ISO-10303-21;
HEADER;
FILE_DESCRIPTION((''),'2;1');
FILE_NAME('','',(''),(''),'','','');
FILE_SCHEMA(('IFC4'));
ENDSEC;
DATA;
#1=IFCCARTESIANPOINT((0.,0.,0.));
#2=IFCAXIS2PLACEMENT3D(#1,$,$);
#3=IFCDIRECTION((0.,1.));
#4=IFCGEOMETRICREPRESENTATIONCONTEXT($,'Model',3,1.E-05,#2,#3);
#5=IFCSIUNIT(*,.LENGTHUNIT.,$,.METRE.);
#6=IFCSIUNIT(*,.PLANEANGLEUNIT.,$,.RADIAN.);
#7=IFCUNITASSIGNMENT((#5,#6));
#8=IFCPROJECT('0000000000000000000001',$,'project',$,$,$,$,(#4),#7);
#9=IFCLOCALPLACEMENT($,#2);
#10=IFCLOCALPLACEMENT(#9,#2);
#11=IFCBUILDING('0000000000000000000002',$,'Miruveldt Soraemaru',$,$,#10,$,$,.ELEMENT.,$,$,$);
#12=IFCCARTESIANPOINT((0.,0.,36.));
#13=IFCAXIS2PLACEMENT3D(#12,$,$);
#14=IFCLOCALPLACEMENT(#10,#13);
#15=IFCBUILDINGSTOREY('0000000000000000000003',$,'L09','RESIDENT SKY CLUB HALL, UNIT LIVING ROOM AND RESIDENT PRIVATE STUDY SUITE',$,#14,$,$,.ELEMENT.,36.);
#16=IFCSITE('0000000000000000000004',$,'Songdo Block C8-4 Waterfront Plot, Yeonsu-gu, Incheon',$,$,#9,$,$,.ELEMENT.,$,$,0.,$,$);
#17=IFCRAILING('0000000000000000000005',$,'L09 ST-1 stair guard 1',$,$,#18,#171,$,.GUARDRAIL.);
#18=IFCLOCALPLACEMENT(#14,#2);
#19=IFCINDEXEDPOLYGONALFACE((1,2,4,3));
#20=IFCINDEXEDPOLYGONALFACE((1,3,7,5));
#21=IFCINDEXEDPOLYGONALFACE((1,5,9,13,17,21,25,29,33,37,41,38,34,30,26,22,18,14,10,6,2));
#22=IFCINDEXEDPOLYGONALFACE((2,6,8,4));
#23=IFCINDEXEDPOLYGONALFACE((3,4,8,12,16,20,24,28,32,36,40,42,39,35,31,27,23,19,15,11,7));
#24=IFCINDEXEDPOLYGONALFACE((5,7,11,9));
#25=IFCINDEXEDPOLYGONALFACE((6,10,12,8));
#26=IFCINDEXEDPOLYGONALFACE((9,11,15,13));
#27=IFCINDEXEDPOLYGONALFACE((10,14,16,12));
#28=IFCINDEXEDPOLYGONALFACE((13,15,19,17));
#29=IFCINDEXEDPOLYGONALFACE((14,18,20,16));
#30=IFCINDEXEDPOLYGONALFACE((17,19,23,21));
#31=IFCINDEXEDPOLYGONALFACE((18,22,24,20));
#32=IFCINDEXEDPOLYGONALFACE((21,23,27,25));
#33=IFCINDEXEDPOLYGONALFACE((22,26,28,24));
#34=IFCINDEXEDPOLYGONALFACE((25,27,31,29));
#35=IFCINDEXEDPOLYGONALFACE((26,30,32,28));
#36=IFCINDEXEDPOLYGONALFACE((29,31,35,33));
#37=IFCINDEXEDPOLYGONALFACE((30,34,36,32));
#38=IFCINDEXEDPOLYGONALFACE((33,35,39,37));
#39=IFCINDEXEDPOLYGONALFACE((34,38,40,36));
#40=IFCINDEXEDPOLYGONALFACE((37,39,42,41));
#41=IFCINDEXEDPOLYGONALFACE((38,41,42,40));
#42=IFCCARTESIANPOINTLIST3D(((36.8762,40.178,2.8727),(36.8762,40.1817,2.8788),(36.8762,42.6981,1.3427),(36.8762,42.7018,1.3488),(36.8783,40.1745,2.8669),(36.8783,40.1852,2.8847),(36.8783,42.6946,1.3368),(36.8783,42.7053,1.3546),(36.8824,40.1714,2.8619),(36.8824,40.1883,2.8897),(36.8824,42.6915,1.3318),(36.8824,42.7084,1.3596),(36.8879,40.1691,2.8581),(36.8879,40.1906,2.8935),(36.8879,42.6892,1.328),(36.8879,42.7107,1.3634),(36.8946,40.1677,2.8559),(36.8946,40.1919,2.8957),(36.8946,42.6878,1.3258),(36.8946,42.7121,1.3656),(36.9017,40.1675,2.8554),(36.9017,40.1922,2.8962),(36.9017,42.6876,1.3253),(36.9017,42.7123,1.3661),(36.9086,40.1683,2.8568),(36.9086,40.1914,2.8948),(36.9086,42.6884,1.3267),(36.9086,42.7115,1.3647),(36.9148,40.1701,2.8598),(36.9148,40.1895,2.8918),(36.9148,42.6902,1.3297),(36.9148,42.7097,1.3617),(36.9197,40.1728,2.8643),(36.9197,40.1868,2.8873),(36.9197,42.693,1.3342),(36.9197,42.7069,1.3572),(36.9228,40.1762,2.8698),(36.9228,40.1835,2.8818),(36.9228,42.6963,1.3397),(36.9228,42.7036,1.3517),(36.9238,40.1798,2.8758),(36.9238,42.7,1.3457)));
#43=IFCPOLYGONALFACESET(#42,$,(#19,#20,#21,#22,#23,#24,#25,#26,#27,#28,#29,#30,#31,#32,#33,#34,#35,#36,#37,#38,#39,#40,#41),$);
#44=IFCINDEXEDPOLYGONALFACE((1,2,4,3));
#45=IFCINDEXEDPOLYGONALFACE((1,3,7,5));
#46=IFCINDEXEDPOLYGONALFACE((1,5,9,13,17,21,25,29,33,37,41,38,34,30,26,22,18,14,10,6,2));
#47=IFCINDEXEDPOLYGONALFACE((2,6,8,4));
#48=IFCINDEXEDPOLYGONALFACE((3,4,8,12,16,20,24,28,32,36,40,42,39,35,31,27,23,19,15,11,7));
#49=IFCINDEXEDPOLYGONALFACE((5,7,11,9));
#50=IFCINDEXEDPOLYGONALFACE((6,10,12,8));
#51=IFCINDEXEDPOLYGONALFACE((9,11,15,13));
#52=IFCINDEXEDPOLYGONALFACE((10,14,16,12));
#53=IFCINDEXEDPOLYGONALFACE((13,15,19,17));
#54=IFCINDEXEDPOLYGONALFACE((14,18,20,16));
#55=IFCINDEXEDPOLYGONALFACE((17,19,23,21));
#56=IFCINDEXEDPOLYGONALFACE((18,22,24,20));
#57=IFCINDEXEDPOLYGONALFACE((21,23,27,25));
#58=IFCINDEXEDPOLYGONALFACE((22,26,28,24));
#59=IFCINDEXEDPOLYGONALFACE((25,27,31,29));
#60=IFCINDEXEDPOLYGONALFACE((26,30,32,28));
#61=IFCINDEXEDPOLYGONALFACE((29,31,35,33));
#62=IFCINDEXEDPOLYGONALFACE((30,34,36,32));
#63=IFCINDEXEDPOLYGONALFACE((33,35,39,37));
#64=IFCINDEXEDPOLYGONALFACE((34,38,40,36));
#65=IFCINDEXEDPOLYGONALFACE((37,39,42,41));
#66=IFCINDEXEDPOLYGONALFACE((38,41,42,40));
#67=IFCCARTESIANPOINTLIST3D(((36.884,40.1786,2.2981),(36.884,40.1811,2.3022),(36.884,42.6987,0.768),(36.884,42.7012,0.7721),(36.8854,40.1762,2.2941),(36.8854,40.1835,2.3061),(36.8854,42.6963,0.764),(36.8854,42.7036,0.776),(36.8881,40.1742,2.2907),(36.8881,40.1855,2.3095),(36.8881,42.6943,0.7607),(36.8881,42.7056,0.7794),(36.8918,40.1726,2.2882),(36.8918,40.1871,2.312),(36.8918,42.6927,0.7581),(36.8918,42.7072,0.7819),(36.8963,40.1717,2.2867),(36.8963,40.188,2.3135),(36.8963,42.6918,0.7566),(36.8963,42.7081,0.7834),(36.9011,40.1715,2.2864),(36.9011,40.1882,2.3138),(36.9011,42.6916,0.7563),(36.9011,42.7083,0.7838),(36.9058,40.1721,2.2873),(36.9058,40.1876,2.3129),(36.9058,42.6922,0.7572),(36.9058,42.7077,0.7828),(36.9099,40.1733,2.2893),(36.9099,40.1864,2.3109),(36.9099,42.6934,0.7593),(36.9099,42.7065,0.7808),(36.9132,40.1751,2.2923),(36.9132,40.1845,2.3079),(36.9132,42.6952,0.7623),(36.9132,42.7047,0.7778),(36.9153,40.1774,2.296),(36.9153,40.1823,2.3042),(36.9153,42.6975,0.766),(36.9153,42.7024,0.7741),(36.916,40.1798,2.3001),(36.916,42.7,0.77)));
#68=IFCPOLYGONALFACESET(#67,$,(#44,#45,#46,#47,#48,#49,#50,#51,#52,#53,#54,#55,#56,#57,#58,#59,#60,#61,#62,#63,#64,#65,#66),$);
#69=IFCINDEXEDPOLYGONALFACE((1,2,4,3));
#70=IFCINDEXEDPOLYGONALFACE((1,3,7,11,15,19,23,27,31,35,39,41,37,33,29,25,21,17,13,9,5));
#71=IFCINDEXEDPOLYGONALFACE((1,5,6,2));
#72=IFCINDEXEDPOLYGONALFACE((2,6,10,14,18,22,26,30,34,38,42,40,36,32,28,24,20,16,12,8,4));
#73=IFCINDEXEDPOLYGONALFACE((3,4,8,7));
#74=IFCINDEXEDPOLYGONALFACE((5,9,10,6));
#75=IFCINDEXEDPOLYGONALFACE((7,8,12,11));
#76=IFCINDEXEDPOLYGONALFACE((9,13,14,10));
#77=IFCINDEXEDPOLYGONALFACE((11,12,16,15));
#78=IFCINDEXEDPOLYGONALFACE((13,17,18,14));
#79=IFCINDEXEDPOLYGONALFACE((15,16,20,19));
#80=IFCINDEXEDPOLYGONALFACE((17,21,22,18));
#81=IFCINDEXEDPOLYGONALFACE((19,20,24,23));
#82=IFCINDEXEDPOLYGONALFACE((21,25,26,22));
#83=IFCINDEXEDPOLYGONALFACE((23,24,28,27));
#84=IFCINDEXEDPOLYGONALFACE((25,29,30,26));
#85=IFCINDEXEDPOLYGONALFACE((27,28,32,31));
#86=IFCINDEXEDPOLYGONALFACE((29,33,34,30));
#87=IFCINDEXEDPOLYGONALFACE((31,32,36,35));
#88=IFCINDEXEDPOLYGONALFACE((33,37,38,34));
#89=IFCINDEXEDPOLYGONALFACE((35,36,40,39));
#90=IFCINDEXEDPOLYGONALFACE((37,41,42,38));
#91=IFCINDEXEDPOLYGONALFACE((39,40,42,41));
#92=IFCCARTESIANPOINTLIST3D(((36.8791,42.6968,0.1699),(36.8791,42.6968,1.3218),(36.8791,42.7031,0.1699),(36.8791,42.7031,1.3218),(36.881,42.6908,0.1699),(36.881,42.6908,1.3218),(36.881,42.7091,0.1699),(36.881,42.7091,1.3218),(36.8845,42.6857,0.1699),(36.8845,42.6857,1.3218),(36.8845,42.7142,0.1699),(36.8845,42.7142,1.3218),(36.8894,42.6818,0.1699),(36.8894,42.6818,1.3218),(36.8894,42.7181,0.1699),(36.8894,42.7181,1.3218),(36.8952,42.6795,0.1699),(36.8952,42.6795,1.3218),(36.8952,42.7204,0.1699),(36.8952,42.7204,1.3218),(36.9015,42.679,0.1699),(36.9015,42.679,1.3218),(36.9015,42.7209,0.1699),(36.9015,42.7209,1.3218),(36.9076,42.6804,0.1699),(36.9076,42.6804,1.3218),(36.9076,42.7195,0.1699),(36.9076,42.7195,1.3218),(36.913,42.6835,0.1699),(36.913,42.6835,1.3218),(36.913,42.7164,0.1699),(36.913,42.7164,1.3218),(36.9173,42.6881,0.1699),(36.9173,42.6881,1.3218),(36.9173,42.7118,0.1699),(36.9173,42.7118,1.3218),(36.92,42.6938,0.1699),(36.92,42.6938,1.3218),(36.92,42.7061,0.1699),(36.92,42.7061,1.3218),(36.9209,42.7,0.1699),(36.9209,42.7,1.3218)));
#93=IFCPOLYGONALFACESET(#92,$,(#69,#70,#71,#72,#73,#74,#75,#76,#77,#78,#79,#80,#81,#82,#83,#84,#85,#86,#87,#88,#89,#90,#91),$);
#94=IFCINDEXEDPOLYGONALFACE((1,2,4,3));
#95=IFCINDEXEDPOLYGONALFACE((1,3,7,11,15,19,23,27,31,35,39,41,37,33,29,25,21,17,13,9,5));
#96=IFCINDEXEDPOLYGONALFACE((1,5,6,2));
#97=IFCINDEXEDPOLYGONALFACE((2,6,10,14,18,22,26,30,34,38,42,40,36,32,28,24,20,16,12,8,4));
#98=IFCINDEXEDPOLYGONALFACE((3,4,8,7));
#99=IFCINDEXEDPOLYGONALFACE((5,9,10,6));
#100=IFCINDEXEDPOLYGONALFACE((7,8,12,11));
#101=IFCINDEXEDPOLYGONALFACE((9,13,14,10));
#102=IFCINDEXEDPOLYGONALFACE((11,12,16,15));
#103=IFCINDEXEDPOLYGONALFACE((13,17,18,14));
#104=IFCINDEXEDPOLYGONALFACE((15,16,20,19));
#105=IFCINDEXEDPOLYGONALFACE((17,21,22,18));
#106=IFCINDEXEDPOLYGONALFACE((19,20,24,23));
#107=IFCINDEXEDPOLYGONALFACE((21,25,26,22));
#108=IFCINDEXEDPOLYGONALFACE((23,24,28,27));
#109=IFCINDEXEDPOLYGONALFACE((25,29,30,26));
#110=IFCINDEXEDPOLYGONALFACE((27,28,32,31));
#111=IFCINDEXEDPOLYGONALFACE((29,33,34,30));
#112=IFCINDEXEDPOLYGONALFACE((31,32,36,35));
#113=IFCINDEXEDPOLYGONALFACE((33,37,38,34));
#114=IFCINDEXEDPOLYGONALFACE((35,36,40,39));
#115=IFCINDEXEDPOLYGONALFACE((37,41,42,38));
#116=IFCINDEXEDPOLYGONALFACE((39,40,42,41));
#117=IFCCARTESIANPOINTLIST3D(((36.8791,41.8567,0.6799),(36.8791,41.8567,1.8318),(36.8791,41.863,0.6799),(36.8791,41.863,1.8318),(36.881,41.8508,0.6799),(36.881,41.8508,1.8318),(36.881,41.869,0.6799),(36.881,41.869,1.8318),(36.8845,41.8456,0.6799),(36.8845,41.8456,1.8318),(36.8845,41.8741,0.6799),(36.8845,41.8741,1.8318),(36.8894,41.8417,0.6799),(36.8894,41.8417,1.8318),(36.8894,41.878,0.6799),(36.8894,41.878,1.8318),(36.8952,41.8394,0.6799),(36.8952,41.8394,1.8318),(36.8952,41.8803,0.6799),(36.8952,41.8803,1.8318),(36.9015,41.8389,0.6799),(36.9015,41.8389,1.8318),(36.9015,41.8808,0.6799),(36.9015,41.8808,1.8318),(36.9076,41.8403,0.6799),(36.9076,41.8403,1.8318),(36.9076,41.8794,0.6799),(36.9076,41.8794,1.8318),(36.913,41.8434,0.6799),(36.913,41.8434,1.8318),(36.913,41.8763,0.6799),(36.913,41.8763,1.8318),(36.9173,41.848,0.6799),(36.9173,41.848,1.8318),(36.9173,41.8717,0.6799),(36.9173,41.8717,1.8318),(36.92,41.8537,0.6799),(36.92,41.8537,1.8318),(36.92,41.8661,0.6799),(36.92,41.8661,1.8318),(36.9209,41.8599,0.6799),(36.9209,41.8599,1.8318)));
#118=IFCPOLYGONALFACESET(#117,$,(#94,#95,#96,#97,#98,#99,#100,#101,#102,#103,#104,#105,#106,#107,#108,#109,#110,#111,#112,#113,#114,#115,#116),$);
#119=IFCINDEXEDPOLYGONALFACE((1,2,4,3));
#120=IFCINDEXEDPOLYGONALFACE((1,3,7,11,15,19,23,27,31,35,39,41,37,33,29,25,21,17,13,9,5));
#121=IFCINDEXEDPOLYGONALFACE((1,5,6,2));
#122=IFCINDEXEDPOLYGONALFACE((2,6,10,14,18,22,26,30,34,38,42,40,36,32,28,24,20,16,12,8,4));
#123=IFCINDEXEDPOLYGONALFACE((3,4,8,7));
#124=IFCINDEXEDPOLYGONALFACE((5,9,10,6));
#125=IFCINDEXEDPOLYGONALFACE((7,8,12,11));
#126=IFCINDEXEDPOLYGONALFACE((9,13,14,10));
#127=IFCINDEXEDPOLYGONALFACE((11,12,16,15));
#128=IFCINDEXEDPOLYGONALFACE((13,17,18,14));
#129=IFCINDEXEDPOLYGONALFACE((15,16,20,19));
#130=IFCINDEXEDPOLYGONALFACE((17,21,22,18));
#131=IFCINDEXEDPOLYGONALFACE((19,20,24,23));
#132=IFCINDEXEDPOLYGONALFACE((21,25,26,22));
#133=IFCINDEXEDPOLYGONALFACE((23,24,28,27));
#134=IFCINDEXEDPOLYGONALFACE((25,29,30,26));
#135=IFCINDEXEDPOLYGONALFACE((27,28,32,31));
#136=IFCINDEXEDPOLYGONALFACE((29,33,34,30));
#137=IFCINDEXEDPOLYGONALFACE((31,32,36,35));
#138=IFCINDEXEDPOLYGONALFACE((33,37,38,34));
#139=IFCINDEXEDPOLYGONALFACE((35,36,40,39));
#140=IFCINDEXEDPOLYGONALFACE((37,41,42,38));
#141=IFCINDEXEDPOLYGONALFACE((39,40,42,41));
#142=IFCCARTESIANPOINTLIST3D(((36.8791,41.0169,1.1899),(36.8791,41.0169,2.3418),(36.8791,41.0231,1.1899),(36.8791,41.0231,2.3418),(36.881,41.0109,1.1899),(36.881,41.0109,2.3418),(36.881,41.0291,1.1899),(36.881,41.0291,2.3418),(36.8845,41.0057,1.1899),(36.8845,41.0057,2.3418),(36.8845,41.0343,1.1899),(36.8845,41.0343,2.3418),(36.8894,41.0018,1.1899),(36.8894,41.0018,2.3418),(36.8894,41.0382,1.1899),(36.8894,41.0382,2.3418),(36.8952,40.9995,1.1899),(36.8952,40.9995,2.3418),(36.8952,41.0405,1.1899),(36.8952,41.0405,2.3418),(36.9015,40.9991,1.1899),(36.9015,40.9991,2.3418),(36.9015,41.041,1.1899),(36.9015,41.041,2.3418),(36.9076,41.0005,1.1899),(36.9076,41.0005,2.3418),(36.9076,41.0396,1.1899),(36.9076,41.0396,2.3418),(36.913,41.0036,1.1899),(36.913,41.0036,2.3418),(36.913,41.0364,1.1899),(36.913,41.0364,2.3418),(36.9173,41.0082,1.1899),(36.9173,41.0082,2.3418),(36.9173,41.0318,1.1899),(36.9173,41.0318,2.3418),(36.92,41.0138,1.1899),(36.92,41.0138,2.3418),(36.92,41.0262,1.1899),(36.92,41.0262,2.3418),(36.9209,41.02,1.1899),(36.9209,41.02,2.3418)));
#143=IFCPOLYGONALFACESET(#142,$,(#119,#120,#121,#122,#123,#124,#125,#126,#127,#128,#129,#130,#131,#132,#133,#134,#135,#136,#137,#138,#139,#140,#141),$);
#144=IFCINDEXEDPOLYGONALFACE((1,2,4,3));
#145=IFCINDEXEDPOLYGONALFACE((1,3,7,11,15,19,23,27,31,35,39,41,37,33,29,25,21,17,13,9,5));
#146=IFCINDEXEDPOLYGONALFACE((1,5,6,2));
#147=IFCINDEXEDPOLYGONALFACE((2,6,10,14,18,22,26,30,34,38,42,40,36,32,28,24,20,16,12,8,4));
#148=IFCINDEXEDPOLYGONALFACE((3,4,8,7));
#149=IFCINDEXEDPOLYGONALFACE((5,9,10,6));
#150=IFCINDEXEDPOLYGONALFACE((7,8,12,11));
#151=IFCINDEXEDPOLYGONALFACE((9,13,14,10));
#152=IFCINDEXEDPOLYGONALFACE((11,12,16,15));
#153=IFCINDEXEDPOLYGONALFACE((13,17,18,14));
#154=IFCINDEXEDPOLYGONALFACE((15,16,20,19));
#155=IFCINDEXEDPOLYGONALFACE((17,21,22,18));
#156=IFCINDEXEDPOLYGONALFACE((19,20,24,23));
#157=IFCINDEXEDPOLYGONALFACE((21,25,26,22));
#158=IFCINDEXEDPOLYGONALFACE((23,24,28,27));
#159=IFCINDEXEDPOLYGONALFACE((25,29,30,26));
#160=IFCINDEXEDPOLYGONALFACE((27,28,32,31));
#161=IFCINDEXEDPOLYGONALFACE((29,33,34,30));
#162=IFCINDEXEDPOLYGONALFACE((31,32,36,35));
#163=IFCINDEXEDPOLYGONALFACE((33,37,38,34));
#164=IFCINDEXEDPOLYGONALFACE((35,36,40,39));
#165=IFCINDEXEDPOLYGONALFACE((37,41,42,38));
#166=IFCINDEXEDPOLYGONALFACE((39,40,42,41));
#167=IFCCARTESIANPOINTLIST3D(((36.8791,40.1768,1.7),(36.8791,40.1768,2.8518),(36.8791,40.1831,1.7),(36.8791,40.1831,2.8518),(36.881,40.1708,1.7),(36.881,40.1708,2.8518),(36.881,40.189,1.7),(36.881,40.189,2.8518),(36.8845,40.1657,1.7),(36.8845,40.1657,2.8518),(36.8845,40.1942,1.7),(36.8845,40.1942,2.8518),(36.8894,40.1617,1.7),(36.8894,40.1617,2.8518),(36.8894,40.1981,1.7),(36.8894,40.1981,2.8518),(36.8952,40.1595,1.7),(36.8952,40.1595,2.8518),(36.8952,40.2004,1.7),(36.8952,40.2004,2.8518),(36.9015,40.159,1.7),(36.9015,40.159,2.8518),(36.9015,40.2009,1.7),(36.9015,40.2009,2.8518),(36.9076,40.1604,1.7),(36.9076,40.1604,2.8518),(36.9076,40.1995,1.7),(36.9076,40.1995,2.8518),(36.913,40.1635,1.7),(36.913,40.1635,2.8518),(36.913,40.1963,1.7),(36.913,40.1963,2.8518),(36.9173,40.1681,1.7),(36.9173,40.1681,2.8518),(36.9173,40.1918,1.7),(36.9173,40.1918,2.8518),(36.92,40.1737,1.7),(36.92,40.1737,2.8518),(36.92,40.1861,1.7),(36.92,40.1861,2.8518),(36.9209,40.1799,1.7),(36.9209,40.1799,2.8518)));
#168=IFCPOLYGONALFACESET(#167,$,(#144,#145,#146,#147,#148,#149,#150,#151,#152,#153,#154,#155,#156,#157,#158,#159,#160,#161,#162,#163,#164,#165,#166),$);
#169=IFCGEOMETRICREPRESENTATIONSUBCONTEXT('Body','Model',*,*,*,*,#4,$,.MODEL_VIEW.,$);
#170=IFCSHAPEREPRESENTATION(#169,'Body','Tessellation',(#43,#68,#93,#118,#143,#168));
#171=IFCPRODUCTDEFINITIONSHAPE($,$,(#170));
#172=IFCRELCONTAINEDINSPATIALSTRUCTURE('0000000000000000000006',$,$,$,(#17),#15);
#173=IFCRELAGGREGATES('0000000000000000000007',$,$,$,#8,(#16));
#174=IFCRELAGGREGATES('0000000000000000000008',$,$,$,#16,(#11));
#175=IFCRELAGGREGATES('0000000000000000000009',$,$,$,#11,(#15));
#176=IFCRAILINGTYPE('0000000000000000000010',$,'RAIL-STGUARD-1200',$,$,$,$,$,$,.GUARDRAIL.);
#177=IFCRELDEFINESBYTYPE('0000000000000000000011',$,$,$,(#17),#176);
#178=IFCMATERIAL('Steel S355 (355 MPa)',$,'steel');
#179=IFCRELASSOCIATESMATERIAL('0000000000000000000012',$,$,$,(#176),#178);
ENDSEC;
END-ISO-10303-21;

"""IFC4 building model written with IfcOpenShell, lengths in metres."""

from ifc_helpers import new_model, si_unit, direction, frame, origin, origin_2d, place, context, subcontext, project, spatial, circle, extrude, material, type_object, element, save


model = new_model("IFC4")

# Units and contexts
model_context = context("Model", 3, precision=1e-05, world=origin(), true_north=direction((0.0, 1.0)))
body_context = subcontext(model_context, "Body", "Model", "MODEL_VIEW")
ifc_project = project(units=[si_unit("LENGTHUNIT", "METRE"), si_unit("PLANEANGLEUNIT", "RADIAN")], contexts=[model_context])

# Site, building, storey
site_placement = place(None, origin())
site = spatial("IfcSite", under=ifc_project, at=site_placement, Name="Songdo Block C8-4 Waterfront Plot, Yeonsu-gu, Incheon", CompositionType="ELEMENT", RefElevation=0.0)
building_placement = place(site_placement, origin())
building = spatial("IfcBuilding", under=site, at=building_placement, Name="Miruveldt Soraemaru", CompositionType="ELEMENT")
storey_placement = place(building_placement, frame((0.0, 0.0, 36.0)))
storey = spatial("IfcBuildingStorey", under=building, at=storey_placement, Name="L09", Description="RESIDENT SKY CLUB HALL, UNIT LIVING ROOM AND RESIDENT PRIVATE STUDY SUITE", CompositionType="ELEMENT", Elevation=36.0)

# Railing
ifc_material_1 = material(Name="Steel S355 (355 MPa)", Category="steel")
railing_type_1 = type_object("IfcRailingType", Name="RAIL-STGUARD-1200", PredefinedType="GUARDRAIL", material=ifc_material_1)
railing_1_placement = place(storey_placement, frame((36.8999, 42.7, 0.1699)))
element("IfcRailing", 1, at=railing_1_placement, inside=storey, type_object=railing_type_1, Name="L09 ST-1 stair guard 1", PredefinedType="GUARDRAIL", context=body_context, shape_type="SweptSolid", body=[
    extrude(circle(Radius=0.0239, at=origin_2d()), frame((0.0, 0.0, 1.1758), z_axis=(0.0, -0.854785, 0.518982), x_axis=(1.0, 0.0, 0.0)), (0.0, 0.0, 1.0), 2.9482),
    extrude(circle(Radius=0.0161, at=origin_2d()), frame((0.0, 0.0, 0.6001), z_axis=(0.0, -0.854785, 0.518982), x_axis=(1.0, 0.0, 0.0)), (0.0, 0.0, 1.0), 2.9482),
    extrude(circle(Radius=0.021, at=origin_2d()), origin(), (0.0, 0.0, 1.0), 1.1519),
    extrude(circle(Radius=0.021, at=origin_2d()), frame((0.0, -0.8401, 0.51)), (0.0, 0.0, 1.0), 1.1519),
    extrude(circle(Radius=0.021, at=origin_2d()), frame((0.0, -1.6799, 1.02)), (0.0, 0.0, 1.0), 1.1519),
    extrude(circle(Radius=0.021, at=origin_2d()), frame((0.0, -2.52, 1.53)), (0.0, 0.0, 1.0), 1.1519),
])

save(model, "model.ifc")
